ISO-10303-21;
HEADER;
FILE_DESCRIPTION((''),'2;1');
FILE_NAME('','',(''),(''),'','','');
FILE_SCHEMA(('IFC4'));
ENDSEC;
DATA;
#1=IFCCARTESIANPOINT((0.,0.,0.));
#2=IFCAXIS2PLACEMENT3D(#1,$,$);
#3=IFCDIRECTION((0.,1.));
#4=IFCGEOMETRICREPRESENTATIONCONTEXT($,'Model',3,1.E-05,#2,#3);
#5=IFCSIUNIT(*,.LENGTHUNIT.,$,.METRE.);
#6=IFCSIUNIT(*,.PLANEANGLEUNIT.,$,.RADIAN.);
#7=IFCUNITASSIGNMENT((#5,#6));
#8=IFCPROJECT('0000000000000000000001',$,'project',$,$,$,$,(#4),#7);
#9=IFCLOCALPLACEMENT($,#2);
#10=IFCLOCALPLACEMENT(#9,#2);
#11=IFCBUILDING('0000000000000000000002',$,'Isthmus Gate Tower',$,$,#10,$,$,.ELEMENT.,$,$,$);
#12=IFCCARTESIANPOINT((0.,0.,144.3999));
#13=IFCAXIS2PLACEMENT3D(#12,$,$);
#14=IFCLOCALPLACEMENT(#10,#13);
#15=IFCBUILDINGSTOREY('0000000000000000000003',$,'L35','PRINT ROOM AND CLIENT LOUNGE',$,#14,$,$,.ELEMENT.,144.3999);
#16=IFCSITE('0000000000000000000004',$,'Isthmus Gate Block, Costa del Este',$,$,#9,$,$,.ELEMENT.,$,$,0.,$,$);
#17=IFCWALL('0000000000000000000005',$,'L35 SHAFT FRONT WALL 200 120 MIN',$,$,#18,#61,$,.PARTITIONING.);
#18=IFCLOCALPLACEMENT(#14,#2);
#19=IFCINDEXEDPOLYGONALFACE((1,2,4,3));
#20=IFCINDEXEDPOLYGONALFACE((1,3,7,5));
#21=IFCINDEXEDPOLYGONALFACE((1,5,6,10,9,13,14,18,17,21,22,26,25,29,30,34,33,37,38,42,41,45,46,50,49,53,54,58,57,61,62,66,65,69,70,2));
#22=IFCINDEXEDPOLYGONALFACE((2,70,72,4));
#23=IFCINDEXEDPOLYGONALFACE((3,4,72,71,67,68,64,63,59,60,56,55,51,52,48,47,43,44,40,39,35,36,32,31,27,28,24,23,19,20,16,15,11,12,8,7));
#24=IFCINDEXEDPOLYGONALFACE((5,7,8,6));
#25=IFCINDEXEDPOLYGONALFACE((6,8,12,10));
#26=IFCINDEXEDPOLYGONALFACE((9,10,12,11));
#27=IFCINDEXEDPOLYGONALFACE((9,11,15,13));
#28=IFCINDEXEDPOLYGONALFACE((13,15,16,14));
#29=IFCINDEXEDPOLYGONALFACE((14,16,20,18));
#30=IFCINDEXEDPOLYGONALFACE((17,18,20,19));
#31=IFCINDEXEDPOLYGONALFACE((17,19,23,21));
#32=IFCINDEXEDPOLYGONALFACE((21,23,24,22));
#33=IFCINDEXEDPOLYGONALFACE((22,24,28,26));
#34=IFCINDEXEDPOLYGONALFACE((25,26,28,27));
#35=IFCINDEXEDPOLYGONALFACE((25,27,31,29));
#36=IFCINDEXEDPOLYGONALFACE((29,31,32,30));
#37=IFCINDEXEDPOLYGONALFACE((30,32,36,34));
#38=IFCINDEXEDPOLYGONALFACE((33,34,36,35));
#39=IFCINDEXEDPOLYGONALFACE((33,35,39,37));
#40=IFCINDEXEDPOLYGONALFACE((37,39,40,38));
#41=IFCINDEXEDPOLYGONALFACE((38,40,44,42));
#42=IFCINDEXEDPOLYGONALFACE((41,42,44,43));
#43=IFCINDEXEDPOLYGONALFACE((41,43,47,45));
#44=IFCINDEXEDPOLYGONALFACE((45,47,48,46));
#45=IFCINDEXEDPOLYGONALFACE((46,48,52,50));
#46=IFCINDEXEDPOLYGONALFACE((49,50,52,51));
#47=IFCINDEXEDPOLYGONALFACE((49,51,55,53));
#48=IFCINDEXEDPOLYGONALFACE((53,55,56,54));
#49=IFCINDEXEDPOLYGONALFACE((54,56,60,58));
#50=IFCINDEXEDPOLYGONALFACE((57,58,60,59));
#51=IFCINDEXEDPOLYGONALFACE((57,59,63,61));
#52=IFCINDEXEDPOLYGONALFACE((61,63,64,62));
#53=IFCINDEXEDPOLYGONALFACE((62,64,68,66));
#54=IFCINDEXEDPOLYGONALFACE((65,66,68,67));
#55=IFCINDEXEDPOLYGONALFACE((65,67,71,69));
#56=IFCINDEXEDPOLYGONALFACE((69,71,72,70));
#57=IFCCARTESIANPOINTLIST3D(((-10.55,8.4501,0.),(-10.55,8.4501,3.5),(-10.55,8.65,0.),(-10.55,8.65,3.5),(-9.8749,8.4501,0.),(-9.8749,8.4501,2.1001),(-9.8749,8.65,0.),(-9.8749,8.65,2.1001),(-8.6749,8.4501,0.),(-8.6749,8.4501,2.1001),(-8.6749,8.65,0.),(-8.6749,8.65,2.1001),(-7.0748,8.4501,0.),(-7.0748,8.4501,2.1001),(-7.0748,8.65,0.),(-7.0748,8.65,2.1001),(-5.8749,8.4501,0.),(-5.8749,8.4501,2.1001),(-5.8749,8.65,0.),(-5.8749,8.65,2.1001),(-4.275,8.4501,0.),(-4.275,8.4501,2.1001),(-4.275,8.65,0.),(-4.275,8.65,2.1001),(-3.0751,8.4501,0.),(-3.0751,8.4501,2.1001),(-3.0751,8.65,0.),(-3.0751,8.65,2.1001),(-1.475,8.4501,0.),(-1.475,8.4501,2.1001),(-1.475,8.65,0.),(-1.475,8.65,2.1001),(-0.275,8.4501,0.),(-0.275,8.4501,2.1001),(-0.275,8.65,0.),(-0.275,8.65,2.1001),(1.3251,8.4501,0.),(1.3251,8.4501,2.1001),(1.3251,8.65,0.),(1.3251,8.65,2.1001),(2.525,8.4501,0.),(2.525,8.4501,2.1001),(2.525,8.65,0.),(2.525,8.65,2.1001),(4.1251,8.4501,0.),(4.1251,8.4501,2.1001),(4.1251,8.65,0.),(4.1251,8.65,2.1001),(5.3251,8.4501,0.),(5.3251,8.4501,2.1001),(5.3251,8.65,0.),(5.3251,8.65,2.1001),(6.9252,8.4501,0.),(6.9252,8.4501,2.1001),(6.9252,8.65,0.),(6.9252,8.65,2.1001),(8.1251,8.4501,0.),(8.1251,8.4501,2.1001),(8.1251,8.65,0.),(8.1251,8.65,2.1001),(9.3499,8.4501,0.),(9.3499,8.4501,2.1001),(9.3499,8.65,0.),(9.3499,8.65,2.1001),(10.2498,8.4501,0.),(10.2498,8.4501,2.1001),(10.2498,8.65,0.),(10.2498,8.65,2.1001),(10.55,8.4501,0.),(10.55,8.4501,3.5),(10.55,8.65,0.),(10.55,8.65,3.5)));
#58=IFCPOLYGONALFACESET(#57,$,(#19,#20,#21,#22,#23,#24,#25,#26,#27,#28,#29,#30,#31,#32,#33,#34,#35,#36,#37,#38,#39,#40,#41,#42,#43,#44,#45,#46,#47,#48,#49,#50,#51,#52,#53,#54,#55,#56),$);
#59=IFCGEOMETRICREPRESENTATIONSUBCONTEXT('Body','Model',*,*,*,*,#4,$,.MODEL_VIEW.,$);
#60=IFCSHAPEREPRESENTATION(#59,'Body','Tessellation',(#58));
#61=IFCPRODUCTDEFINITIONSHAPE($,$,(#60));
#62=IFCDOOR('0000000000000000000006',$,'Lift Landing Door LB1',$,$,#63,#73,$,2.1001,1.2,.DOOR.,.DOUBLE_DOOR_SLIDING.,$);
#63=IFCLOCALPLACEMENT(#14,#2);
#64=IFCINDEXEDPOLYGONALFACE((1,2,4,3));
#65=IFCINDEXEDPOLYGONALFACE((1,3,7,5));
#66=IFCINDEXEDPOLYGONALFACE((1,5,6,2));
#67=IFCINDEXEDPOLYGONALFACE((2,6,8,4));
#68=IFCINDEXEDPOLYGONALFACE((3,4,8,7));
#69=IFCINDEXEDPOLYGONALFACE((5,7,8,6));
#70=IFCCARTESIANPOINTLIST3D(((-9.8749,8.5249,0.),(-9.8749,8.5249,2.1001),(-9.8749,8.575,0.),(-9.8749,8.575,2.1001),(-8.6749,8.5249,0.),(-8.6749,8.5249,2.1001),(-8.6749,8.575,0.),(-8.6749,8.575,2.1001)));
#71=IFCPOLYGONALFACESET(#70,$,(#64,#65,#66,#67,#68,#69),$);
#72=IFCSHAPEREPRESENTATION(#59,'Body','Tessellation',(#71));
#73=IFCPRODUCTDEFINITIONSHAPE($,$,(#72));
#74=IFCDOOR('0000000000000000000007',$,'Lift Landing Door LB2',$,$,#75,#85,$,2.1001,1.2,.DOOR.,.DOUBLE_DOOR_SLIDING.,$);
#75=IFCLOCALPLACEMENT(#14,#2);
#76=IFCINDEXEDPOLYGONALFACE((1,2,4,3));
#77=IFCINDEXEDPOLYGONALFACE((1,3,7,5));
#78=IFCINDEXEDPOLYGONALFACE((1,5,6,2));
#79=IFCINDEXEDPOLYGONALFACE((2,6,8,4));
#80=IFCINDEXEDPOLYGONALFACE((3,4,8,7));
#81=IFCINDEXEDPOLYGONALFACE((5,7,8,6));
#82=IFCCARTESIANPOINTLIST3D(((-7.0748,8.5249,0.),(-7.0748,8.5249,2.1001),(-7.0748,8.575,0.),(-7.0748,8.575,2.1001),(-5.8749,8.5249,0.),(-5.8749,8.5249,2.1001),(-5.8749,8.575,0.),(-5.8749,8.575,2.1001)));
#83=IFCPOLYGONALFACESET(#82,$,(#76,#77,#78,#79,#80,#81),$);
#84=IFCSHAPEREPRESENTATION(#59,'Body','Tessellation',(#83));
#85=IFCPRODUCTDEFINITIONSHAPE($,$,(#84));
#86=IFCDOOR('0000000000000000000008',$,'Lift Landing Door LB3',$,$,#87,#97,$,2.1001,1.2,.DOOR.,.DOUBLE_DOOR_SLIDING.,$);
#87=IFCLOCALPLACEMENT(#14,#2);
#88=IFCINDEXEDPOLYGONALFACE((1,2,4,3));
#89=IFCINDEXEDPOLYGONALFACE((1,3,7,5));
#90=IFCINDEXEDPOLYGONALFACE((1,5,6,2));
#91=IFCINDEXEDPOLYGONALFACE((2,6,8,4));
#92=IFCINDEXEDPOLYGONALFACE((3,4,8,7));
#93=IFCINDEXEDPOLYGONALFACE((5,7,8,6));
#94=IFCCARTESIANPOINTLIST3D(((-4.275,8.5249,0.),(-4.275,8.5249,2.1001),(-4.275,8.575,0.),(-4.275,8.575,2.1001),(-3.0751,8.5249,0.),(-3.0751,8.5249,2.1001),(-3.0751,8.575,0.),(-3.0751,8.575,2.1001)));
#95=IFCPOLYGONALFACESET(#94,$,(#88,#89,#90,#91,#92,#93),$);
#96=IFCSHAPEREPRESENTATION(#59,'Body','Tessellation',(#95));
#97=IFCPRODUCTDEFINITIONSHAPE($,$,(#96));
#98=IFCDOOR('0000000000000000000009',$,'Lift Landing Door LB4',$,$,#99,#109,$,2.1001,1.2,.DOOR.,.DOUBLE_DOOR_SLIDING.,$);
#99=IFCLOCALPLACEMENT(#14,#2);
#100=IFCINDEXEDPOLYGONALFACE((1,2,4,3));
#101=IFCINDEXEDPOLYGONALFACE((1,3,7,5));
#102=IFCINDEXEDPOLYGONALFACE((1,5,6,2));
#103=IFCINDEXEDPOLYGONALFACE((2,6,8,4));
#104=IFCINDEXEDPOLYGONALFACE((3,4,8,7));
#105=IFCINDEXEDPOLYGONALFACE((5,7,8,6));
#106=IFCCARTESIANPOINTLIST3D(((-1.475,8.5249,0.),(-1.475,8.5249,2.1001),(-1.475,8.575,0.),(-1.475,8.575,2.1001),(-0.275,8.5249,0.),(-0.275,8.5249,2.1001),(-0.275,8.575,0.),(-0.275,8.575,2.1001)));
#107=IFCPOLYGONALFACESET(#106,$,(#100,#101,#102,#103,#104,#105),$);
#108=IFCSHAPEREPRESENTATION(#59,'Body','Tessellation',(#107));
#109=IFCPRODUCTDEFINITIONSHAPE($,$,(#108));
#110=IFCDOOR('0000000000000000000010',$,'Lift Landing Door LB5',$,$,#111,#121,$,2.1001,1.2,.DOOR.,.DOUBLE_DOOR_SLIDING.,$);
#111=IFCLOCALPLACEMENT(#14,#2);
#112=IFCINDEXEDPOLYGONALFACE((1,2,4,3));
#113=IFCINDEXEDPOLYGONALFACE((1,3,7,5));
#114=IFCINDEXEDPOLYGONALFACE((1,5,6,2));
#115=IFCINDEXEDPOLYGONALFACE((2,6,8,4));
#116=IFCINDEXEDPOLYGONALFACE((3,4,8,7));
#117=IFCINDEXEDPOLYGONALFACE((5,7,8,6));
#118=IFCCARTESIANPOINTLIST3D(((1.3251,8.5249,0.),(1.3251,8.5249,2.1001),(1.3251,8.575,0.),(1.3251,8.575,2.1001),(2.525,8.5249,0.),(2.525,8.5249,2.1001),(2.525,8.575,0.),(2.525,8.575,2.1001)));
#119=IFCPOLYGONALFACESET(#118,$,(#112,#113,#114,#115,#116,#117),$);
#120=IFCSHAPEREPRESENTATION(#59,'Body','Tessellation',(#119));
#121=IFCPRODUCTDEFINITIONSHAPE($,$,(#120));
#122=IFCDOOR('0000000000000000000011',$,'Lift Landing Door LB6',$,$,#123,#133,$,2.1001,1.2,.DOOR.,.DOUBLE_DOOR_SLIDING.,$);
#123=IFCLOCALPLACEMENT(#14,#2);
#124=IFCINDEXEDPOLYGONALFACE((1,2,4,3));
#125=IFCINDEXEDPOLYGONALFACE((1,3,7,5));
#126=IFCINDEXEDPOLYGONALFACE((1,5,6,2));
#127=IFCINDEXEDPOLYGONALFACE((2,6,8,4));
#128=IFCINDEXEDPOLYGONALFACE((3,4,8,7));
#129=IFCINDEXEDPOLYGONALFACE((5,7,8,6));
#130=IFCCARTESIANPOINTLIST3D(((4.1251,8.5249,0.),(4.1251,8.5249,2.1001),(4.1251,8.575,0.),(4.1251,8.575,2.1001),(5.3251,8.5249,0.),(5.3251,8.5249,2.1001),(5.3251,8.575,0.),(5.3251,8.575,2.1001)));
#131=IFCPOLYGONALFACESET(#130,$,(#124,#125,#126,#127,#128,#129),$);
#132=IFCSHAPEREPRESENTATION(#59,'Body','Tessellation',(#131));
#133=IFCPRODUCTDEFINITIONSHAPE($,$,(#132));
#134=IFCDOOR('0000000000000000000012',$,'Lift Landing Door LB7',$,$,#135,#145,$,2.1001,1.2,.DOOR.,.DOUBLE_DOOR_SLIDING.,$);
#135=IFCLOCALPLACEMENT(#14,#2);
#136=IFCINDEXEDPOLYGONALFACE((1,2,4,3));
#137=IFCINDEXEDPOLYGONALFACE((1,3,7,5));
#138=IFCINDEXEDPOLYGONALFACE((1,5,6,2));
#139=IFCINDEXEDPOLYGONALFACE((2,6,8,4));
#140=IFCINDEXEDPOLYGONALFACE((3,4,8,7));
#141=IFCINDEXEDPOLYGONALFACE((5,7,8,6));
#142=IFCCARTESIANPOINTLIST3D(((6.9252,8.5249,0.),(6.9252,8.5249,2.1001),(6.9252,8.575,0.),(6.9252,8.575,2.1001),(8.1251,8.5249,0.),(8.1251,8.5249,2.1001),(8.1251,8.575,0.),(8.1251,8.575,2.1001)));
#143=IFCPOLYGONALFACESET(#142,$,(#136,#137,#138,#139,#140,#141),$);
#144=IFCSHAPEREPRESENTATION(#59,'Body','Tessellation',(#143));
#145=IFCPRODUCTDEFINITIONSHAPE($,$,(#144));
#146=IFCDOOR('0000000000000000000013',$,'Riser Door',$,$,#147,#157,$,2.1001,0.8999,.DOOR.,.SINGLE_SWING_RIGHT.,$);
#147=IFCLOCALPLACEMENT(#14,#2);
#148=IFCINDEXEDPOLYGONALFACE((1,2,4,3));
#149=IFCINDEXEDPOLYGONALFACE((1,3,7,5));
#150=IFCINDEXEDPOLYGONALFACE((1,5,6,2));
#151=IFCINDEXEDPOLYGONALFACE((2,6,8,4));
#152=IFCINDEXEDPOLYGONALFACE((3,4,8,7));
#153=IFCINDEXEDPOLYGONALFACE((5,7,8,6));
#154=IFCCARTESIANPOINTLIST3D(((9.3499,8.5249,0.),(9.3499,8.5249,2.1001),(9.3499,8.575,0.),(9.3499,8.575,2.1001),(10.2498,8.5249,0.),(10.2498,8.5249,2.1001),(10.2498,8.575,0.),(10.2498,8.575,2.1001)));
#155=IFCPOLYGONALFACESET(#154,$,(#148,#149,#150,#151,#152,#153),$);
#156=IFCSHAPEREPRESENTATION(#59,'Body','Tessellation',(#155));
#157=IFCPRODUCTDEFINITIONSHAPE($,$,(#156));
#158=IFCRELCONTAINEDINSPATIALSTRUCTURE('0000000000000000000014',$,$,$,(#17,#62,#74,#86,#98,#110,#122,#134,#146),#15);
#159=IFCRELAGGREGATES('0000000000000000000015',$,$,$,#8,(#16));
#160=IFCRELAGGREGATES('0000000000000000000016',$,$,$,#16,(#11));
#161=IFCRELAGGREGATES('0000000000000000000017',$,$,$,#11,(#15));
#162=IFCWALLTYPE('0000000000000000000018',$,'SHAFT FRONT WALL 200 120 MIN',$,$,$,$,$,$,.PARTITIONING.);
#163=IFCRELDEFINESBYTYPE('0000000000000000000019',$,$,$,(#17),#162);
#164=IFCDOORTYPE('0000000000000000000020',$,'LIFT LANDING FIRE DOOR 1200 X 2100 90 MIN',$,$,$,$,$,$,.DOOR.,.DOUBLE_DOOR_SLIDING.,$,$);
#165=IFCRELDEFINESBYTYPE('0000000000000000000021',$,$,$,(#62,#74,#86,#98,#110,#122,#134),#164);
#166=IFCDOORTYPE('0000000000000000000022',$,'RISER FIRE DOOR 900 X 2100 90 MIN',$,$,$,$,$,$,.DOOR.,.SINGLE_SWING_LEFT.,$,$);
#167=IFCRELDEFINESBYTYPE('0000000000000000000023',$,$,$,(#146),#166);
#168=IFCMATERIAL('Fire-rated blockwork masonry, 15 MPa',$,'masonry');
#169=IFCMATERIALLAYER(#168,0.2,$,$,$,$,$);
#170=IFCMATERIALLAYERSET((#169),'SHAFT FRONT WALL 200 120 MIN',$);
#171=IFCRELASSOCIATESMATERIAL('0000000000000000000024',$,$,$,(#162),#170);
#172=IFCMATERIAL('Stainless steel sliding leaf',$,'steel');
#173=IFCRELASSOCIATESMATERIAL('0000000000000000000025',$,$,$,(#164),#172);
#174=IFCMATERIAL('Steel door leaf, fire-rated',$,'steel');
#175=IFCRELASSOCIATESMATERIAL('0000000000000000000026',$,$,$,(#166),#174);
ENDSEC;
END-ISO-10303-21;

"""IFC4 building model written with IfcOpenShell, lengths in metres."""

from ifc_helpers import new_model, si_unit, direction, frame, frame_2d, origin, place, context, subcontext, project, spatial, rectangle, extrude, material, layer, layer_set, type_object, element, fill, save


model = new_model("IFC4")

# Units and contexts
model_context = context("Model", 3, precision=1e-05, world=origin(), true_north=direction((0.0, 1.0)))
body_context = subcontext(model_context, "Body", "Model", "MODEL_VIEW")
ifc_project = project(units=[si_unit("LENGTHUNIT", "METRE"), si_unit("PLANEANGLEUNIT", "RADIAN")], contexts=[model_context])

# Site, building, storey
site_placement = place(None, origin())
site = spatial("IfcSite", under=ifc_project, at=site_placement, Name="Isthmus Gate Block, Costa del Este", CompositionType="ELEMENT", RefElevation=0.0)
building_placement = place(site_placement, origin())
building = spatial("IfcBuilding", under=site, at=building_placement, Name="Isthmus Gate Tower", CompositionType="ELEMENT")
storey_placement = place(building_placement, frame((0.0, 0.0, 144.3999)))
storey = spatial("IfcBuildingStorey", under=building, at=storey_placement, Name="L35", Description="PRINT ROOM AND CLIENT LOUNGE", CompositionType="ELEMENT", Elevation=144.3999)

# Wall, openings, doors
ifc_material_1 = material(Name="Fire-rated blockwork masonry, 15 MPa", Category="masonry")
ifc_layer_1 = layer(ifc_material_1, 0.2)
ifc_layer_set_1 = layer_set([ifc_layer_1], Name="SHAFT FRONT WALL 200 120 MIN")
wall_type_1 = type_object("IfcWallType", Name="SHAFT FRONT WALL 200 120 MIN", PredefinedType="PARTITIONING", material=ifc_layer_set_1)
wall_1_placement = place(storey_placement, frame((-10.55, 8.55, 0.0), z_axis=(0.0, 0.0, 1.0), x_axis=(1.0, 0.0, 0.0)))
wall_1 = element("IfcWall", 1, at=wall_1_placement, inside=storey, type_object=wall_type_1, Name="L35 SHAFT FRONT WALL 200 120 MIN", PredefinedType="PARTITIONING", context=body_context, shape_type="SweptSolid", body=[
    extrude(rectangle(XDim=21.1001, YDim=0.2, at=frame_2d((10.55, 0.0))), origin(), (0.0, 0.0, 1.0), 3.5),
])
opening_1_placement = place(wall_1_placement, frame((0.675, 0.0, 0.0)))
opening_1 = element("IfcOpeningElement", 2, at=opening_1_placement, cuts=wall_1, PredefinedType="OPENING", context=body_context, shape_type="SweptSolid", body=[
    extrude(rectangle(XDim=1.2, YDim=2.1001, at=frame_2d((0.6001, 1.05))), frame((0.0, 0.1099, 0.0), z_axis=(0.0, -1.0, 0.0), x_axis=(1.0, 0.0, 0.0)), (0.0, 0.0, 1.0), 0.22),
])
opening_2_placement = place(wall_1_placement, frame((3.4751, 0.0, 0.0)))
opening_2 = element("IfcOpeningElement", 3, at=opening_2_placement, cuts=wall_1, PredefinedType="OPENING", context=body_context, shape_type="SweptSolid", body=[
    extrude(rectangle(XDim=1.2, YDim=2.1001, at=frame_2d((0.6001, 1.05))), frame((0.0, 0.1099, 0.0), z_axis=(0.0, -1.0, 0.0), x_axis=(1.0, 0.0, 0.0)), (0.0, 0.0, 1.0), 0.22),
])
opening_3_placement = place(wall_1_placement, frame((6.2749, 0.0, 0.0)))
opening_3 = element("IfcOpeningElement", 4, at=opening_3_placement, cuts=wall_1, PredefinedType="OPENING", context=body_context, shape_type="SweptSolid", body=[
    extrude(rectangle(XDim=1.2, YDim=2.1001, at=frame_2d((0.6001, 1.05))), frame((0.0, 0.1099, 0.0), z_axis=(0.0, -1.0, 0.0), x_axis=(1.0, 0.0, 0.0)), (0.0, 0.0, 1.0), 0.22),
])
opening_4_placement = place(wall_1_placement, frame((9.075, 0.0, 0.0)))
opening_4 = element("IfcOpeningElement", 5, at=opening_4_placement, cuts=wall_1, PredefinedType="OPENING", context=body_context, shape_type="SweptSolid", body=[
    extrude(rectangle(XDim=1.2, YDim=2.1001, at=frame_2d((0.6001, 1.05))), frame((0.0, 0.1099, 0.0), z_axis=(0.0, -1.0, 0.0), x_axis=(1.0, 0.0, 0.0)), (0.0, 0.0, 1.0), 0.22),
])
opening_5_placement = place(wall_1_placement, frame((11.875, 0.0, 0.0)))
opening_5 = element("IfcOpeningElement", 6, at=opening_5_placement, cuts=wall_1, PredefinedType="OPENING", context=body_context, shape_type="SweptSolid", body=[
    extrude(rectangle(XDim=1.2, YDim=2.1001, at=frame_2d((0.6001, 1.05))), frame((0.0, 0.1099, 0.0), z_axis=(0.0, -1.0, 0.0), x_axis=(1.0, 0.0, 0.0)), (0.0, 0.0, 1.0), 0.22),
])
opening_6_placement = place(wall_1_placement, frame((14.675, 0.0, 0.0)))
opening_6 = element("IfcOpeningElement", 7, at=opening_6_placement, cuts=wall_1, PredefinedType="OPENING", context=body_context, shape_type="SweptSolid", body=[
    extrude(rectangle(XDim=1.2, YDim=2.1001, at=frame_2d((0.6001, 1.05))), frame((0.0, 0.1099, 0.0), z_axis=(0.0, -1.0, 0.0), x_axis=(1.0, 0.0, 0.0)), (0.0, 0.0, 1.0), 0.22),
])
opening_7_placement = place(wall_1_placement, frame((17.4751, 0.0, 0.0)))
opening_7 = element("IfcOpeningElement", 8, at=opening_7_placement, cuts=wall_1, PredefinedType="OPENING", context=body_context, shape_type="SweptSolid", body=[
    extrude(rectangle(XDim=1.2, YDim=2.1001, at=frame_2d((0.6001, 1.05))), frame((0.0, 0.1099, 0.0), z_axis=(0.0, -1.0, 0.0), x_axis=(1.0, 0.0, 0.0)), (0.0, 0.0, 1.0), 0.22),
])
opening_8_placement = place(wall_1_placement, frame((19.8999, 0.0, 0.0)))
opening_8 = element("IfcOpeningElement", 9, at=opening_8_placement, cuts=wall_1, PredefinedType="OPENING", context=body_context, shape_type="SweptSolid", body=[
    extrude(rectangle(XDim=0.8999, YDim=2.1001, at=frame_2d((0.45, 1.05))), frame((0.0, 0.1099, 0.0), z_axis=(0.0, -1.0, 0.0), x_axis=(1.0, 0.0, 0.0)), (0.0, 0.0, 1.0), 0.22),
])
ifc_material_2 = material(Name="Stainless steel sliding leaf", Category="steel")
door_type_1 = type_object("IfcDoorType", Name="LIFT LANDING FIRE DOOR 1200 X 2100 90 MIN", OperationType="DOUBLE_DOOR_SLIDING", PredefinedType="DOOR", material=ifc_material_2)
door_1_placement = place(opening_1_placement, origin())
door_1 = element("IfcDoor", 10, at=door_1_placement, inside=storey, type_object=door_type_1, Name="Lift Landing Door LB1", OperationType="DOUBLE_DOOR_SLIDING", OverallHeight=2.1001, OverallWidth=1.2, PredefinedType="DOOR", context=body_context, shape_type="SweptSolid", body=[
    extrude(rectangle(XDim=1.2, YDim=2.1001, at=frame_2d((0.6001, 1.05))), frame((0.0, 0.0249, 0.0), z_axis=(0.0, -1.0, 0.0), x_axis=(1.0, 0.0, 0.0)), (0.0, 0.0, 1.0), 0.05),
])
fill(opening_1, door_1)
door_2_placement = place(opening_2_placement, origin())
door_2 = element("IfcDoor", 11, at=door_2_placement, inside=storey, type_object=door_type_1, Name="Lift Landing Door LB2", OperationType="DOUBLE_DOOR_SLIDING", OverallHeight=2.1001, OverallWidth=1.2, PredefinedType="DOOR", context=body_context, shape_type="SweptSolid", body=[
    extrude(rectangle(XDim=1.2, YDim=2.1001, at=frame_2d((0.6001, 1.05))), frame((0.0, 0.0249, 0.0), z_axis=(0.0, -1.0, 0.0), x_axis=(1.0, 0.0, 0.0)), (0.0, 0.0, 1.0), 0.05),
])
fill(opening_2, door_2)
door_3_placement = place(opening_3_placement, origin())
door_3 = element("IfcDoor", 12, at=door_3_placement, inside=storey, type_object=door_type_1, Name="Lift Landing Door LB3", OperationType="DOUBLE_DOOR_SLIDING", OverallHeight=2.1001, OverallWidth=1.2, PredefinedType="DOOR", context=body_context, shape_type="SweptSolid", body=[
    extrude(rectangle(XDim=1.2, YDim=2.1001, at=frame_2d((0.6001, 1.05))), frame((0.0, 0.0249, 0.0), z_axis=(0.0, -1.0, 0.0), x_axis=(1.0, 0.0, 0.0)), (0.0, 0.0, 1.0), 0.05),
])
fill(opening_3, door_3)
door_4_placement = place(opening_4_placement, origin())
door_4 = element("IfcDoor", 13, at=door_4_placement, inside=storey, type_object=door_type_1, Name="Lift Landing Door LB4", OperationType="DOUBLE_DOOR_SLIDING", OverallHeight=2.1001, OverallWidth=1.2, PredefinedType="DOOR", context=body_context, shape_type="SweptSolid", body=[
    extrude(rectangle(XDim=1.2, YDim=2.1001, at=frame_2d((0.6001, 1.05))), frame((0.0, 0.0249, 0.0), z_axis=(0.0, -1.0, 0.0), x_axis=(1.0, 0.0, 0.0)), (0.0, 0.0, 1.0), 0.05),
])
fill(opening_4, door_4)
door_5_placement = place(opening_5_placement, origin())
door_5 = element("IfcDoor", 14, at=door_5_placement, inside=storey, type_object=door_type_1, Name="Lift Landing Door LB5", OperationType="DOUBLE_DOOR_SLIDING", OverallHeight=2.1001, OverallWidth=1.2, PredefinedType="DOOR", context=body_context, shape_type="SweptSolid", body=[
    extrude(rectangle(XDim=1.2, YDim=2.1001, at=frame_2d((0.6001, 1.05))), frame((0.0, 0.0249, 0.0), z_axis=(0.0, -1.0, 0.0), x_axis=(1.0, 0.0, 0.0)), (0.0, 0.0, 1.0), 0.05),
])
fill(opening_5, door_5)
door_6_placement = place(opening_6_placement, origin())
door_6 = element("IfcDoor", 15, at=door_6_placement, inside=storey, type_object=door_type_1, Name="Lift Landing Door LB6", OperationType="DOUBLE_DOOR_SLIDING", OverallHeight=2.1001, OverallWidth=1.2, PredefinedType="DOOR", context=body_context, shape_type="SweptSolid", body=[
    extrude(rectangle(XDim=1.2, YDim=2.1001, at=frame_2d((0.6001, 1.05))), frame((0.0, 0.0249, 0.0), z_axis=(0.0, -1.0, 0.0), x_axis=(1.0, 0.0, 0.0)), (0.0, 0.0, 1.0), 0.05),
])
fill(opening_6, door_6)
door_7_placement = place(opening_7_placement, origin())
door_7 = element("IfcDoor", 16, at=door_7_placement, inside=storey, type_object=door_type_1, Name="Lift Landing Door LB7", OperationType="DOUBLE_DOOR_SLIDING", OverallHeight=2.1001, OverallWidth=1.2, PredefinedType="DOOR", context=body_context, shape_type="SweptSolid", body=[
    extrude(rectangle(XDim=1.2, YDim=2.1001, at=frame_2d((0.6001, 1.05))), frame((0.0, 0.0249, 0.0), z_axis=(0.0, -1.0, 0.0), x_axis=(1.0, 0.0, 0.0)), (0.0, 0.0, 1.0), 0.05),
])
fill(opening_7, door_7)
ifc_material_3 = material(Name="Steel door leaf, fire-rated", Category="steel")
door_type_2 = type_object("IfcDoorType", Name="RISER FIRE DOOR 900 X 2100 90 MIN", OperationType="SINGLE_SWING_LEFT", PredefinedType="DOOR", material=ifc_material_3)
door_8_placement = place(opening_8_placement, origin())
door_8 = element("IfcDoor", 17, at=door_8_placement, inside=storey, type_object=door_type_2, Name="Riser Door", OperationType="SINGLE_SWING_RIGHT", OverallHeight=2.1001, OverallWidth=0.8999, PredefinedType="DOOR", context=body_context, shape_type="SweptSolid", body=[
    extrude(rectangle(XDim=0.8999, YDim=2.1001, at=frame_2d((0.45, 1.05))), frame((0.0, 0.0249, 0.0), z_axis=(0.0, -1.0, 0.0), x_axis=(1.0, 0.0, 0.0)), (0.0, 0.0, 1.0), 0.05),
])
fill(opening_8, door_8)

save(model, "model.ifc")
